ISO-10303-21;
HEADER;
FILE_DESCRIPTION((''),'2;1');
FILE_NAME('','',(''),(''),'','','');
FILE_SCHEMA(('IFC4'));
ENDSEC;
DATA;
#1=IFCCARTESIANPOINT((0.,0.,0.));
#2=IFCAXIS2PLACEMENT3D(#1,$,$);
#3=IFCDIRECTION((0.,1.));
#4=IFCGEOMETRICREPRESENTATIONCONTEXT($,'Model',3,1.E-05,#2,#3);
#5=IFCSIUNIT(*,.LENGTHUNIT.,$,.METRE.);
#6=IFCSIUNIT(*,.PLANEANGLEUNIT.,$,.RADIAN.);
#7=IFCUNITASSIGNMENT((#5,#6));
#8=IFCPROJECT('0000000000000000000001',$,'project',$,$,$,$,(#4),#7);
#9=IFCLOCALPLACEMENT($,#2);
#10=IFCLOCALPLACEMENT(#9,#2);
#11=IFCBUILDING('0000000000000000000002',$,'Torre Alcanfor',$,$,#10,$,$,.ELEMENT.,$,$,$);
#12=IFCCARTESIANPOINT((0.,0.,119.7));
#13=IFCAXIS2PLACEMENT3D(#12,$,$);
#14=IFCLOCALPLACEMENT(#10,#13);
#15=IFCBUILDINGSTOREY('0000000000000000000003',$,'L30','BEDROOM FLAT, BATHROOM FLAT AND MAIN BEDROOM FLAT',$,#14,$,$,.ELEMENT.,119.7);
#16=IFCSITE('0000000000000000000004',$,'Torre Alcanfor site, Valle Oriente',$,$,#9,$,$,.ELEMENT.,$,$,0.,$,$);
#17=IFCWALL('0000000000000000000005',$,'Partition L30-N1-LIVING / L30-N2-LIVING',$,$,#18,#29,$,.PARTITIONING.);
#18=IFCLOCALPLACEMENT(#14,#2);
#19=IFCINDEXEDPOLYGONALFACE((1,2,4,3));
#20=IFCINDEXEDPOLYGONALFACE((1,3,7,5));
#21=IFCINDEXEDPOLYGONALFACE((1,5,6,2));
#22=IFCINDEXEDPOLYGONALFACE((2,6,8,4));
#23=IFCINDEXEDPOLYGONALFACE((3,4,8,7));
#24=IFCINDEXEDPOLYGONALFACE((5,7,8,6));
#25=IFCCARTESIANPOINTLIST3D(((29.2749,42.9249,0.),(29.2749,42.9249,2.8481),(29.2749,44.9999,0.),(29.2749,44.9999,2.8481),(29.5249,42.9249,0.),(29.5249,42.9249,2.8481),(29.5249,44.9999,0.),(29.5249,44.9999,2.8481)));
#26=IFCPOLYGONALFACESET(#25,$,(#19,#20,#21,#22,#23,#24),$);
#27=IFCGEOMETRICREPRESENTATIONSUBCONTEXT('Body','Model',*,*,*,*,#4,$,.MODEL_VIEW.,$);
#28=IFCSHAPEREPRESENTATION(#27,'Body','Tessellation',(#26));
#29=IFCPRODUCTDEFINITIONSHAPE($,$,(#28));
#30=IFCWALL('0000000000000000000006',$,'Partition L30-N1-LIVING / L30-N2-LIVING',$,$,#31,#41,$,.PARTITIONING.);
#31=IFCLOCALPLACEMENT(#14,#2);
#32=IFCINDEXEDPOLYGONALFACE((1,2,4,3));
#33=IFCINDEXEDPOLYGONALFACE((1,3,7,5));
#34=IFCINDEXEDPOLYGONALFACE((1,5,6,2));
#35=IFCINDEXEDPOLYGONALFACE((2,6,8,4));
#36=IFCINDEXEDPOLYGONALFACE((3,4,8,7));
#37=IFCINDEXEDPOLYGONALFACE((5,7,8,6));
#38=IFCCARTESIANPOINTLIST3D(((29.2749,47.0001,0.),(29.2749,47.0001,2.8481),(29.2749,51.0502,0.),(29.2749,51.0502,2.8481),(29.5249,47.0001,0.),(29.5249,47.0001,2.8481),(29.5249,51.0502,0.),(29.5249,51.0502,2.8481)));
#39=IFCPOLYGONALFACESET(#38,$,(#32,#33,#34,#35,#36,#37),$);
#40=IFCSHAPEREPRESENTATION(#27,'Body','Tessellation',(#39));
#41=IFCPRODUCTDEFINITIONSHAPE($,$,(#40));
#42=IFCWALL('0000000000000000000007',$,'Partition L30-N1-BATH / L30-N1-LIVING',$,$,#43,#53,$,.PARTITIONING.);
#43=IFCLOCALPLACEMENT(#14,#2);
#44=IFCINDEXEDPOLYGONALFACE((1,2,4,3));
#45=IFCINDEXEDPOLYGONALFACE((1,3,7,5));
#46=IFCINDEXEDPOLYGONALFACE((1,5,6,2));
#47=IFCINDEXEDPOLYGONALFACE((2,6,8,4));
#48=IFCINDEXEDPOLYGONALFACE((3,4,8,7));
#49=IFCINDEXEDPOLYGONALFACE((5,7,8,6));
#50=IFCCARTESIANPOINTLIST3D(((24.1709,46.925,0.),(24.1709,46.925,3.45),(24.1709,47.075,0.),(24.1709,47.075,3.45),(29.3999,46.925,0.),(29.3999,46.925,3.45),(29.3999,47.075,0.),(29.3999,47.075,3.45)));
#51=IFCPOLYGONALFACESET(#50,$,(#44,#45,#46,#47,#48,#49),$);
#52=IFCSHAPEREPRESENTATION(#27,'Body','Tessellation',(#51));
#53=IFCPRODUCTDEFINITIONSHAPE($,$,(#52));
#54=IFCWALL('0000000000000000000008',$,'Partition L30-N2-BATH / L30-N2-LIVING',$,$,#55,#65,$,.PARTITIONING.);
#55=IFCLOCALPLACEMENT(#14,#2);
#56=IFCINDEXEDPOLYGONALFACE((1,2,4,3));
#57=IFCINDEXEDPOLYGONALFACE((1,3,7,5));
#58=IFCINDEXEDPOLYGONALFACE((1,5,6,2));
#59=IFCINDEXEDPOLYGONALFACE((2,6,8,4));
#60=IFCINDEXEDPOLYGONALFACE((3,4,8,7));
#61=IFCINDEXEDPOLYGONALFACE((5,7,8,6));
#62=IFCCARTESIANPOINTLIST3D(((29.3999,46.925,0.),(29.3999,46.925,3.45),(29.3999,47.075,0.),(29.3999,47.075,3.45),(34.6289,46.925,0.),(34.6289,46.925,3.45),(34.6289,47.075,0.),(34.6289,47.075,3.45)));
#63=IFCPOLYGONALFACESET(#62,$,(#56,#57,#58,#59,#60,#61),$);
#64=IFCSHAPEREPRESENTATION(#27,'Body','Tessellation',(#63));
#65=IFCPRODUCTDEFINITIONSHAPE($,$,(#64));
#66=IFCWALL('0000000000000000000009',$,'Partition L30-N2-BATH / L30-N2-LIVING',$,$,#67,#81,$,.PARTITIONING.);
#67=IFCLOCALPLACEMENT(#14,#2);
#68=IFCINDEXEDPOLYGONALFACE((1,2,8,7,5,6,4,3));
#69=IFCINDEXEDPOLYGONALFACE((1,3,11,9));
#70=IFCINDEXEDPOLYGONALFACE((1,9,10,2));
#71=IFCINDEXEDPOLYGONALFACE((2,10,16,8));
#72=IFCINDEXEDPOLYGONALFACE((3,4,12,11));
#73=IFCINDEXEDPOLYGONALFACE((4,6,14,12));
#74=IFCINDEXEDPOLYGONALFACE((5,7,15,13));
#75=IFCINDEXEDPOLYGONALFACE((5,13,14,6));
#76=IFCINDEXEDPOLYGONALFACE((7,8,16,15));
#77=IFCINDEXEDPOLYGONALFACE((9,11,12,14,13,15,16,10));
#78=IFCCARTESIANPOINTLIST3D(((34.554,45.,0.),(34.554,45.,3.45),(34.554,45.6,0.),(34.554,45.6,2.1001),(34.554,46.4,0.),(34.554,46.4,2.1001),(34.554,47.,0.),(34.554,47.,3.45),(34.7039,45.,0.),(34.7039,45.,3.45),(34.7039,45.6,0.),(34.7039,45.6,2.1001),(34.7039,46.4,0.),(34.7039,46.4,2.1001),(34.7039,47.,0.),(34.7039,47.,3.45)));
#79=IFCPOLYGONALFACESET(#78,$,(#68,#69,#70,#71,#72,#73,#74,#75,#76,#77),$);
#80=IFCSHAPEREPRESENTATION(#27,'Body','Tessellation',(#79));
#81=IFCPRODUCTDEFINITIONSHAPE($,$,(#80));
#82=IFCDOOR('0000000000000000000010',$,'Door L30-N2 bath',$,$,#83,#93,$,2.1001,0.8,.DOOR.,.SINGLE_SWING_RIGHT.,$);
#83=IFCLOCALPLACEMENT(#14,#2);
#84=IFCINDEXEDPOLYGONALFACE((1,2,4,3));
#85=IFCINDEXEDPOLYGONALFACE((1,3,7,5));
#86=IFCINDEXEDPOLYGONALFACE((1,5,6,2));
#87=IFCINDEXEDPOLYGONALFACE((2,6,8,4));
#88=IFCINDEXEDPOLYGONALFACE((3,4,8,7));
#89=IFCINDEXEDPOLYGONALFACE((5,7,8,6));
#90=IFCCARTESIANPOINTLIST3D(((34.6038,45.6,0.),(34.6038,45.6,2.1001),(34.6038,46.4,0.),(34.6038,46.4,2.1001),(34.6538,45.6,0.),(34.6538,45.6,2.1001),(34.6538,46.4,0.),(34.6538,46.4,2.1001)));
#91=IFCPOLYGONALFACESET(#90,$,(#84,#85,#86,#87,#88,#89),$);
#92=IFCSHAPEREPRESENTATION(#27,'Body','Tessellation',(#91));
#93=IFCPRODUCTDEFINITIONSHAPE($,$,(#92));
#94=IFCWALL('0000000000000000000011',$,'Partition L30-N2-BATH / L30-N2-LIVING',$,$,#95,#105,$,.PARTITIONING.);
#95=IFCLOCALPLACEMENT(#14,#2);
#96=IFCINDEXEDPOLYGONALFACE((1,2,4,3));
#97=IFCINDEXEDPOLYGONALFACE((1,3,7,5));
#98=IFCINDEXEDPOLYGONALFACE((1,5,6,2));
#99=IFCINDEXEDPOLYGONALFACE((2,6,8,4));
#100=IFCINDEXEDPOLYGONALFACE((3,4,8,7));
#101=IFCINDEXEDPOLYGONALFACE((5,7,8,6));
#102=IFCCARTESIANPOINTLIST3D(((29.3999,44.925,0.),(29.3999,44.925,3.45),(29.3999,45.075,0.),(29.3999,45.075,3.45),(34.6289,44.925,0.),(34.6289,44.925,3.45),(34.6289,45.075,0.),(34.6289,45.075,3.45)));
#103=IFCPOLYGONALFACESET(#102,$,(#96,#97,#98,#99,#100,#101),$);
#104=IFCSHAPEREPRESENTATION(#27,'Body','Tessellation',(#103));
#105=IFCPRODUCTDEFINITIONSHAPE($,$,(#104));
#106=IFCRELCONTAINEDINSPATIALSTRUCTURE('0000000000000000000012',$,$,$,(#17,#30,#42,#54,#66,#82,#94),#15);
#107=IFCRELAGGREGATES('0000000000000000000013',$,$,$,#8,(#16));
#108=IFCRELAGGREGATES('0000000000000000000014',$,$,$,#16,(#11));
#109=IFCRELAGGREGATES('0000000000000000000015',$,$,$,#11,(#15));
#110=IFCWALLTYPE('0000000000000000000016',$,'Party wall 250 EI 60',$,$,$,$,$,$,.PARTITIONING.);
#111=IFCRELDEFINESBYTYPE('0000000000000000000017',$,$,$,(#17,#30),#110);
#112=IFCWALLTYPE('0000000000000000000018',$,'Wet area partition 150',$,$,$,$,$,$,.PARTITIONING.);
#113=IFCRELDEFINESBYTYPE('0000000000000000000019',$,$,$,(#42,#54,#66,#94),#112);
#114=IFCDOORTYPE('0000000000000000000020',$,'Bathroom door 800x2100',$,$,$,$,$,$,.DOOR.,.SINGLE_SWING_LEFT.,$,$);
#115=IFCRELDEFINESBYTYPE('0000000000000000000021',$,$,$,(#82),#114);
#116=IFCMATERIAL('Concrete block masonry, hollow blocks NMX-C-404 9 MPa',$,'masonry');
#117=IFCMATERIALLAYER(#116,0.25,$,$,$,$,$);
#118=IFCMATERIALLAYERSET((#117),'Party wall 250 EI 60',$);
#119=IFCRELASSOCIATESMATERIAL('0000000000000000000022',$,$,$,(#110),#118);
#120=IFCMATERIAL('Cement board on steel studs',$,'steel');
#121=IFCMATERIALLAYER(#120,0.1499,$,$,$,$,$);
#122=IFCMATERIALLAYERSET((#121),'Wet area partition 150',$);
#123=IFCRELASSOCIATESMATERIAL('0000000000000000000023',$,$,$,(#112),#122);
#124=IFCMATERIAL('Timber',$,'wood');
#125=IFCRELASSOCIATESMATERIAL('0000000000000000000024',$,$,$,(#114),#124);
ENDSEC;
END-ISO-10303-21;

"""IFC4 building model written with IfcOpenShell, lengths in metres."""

from ifc_helpers import new_model, si_unit, direction, frame, frame_2d, origin, place, context, subcontext, project, spatial, rectangle, extrude, material, layer, layer_set, type_object, element, fill, save


model = new_model("IFC4")

# Units and contexts
model_context = context("Model", 3, precision=1e-05, world=origin(), true_north=direction((0.0, 1.0)))
body_context = subcontext(model_context, "Body", "Model", "MODEL_VIEW")
ifc_project = project(units=[si_unit("LENGTHUNIT", "METRE"), si_unit("PLANEANGLEUNIT", "RADIAN")], contexts=[model_context])

# Site, building, storey
site_placement = place(None, origin())
site = spatial("IfcSite", under=ifc_project, at=site_placement, Name="Torre Alcanfor site, Valle Oriente", CompositionType="ELEMENT", RefElevation=0.0)
building_placement = place(site_placement, origin())
building = spatial("IfcBuilding", under=site, at=building_placement, Name="Torre Alcanfor", CompositionType="ELEMENT")
storey_placement = place(building_placement, frame((0.0, 0.0, 119.7)))
storey = spatial("IfcBuildingStorey", under=building, at=storey_placement, Name="L30", Description="BEDROOM FLAT, BATHROOM FLAT AND MAIN BEDROOM FLAT", CompositionType="ELEMENT", Elevation=119.7)

# Walls
ifc_material_1 = material(Name="Concrete block masonry, hollow blocks NMX-C-404 9 MPa", Category="masonry")
ifc_layer_1 = layer(ifc_material_1, 0.25)
ifc_layer_set_1 = layer_set([ifc_layer_1], Name="Party wall 250 EI 60")
wall_type_1 = type_object("IfcWallType", Name="Party wall 250 EI 60", PredefinedType="PARTITIONING", material=ifc_layer_set_1)
wall_1_placement = place(storey_placement, frame((29.3999, 45.0, 0.0), z_axis=(0.0, 0.0, 1.0), x_axis=(0.0, -1.0, 0.0)))
element("IfcWall", 1, at=wall_1_placement, inside=storey, type_object=wall_type_1, Name="Partition L30-N1-LIVING / L30-N2-LIVING", PredefinedType="PARTITIONING", context=body_context, shape_type="SweptSolid", body=[
    extrude(rectangle(XDim=2.075, YDim=0.25, at=frame_2d((1.0376, 0.0))), origin(), (0.0, 0.0, 1.0), 2.8481),
])
wall_2_placement = place(storey_placement, frame((29.3999, 51.05, 0.0), z_axis=(0.0, 0.0, 1.0), x_axis=(0.0, -1.0, 0.0)))
element("IfcWall", 2, at=wall_2_placement, inside=storey, type_object=wall_type_1, Name="Partition L30-N1-LIVING / L30-N2-LIVING", PredefinedType="PARTITIONING", context=body_context, shape_type="SweptSolid", body=[
    extrude(rectangle(XDim=4.05, YDim=0.25, at=frame_2d((2.0249, 0.0))), origin(), (0.0, 0.0, 1.0), 2.8481),
])
ifc_material_2 = material(Name="Cement board on steel studs", Category="steel")
ifc_layer_2 = layer(ifc_material_2, 0.1499)
ifc_layer_set_2 = layer_set([ifc_layer_2], Name="Wet area partition 150")
wall_type_2 = type_object("IfcWallType", Name="Wet area partition 150", PredefinedType="PARTITIONING", material=ifc_layer_set_2)
for number, where, z_axis, x_axis, name in (
    (3, (29.3999, 47.0, 0.0), (0.0, 0.0, 1.0), (-1.0, 0.0, 0.0), "Partition L30-N1-BATH / L30-N1-LIVING"),
    (4, (29.3999, 47.0, 0.0), (0.0, 0.0, 1.0), (1.0, 0.0, 0.0), "Partition L30-N2-BATH / L30-N2-LIVING"),
):
    element("IfcWall", number, at=place(storey_placement, frame(where, z_axis=z_axis, x_axis=x_axis)), inside=storey, type_object=wall_type_2, Name=name, PredefinedType="PARTITIONING", context=body_context, shape_type="SweptSolid", body=[
        extrude(rectangle(XDim=5.229, YDim=0.1499, at=frame_2d((2.6145, 0.0))), origin(), (0.0, 0.0, 1.0), 3.45),
    ])

# Wall, opening, door
wall_3_placement = place(storey_placement, frame((34.6289, 47.0, 0.0), z_axis=(0.0, 0.0, 1.0), x_axis=(0.0, -1.0, 0.0)))
wall_3 = element("IfcWall", 5, at=wall_3_placement, inside=storey, type_object=wall_type_2, Name="Partition L30-N2-BATH / L30-N2-LIVING", PredefinedType="PARTITIONING", context=body_context, shape_type="SweptSolid", body=[
    extrude(rectangle(XDim=2.0, YDim=0.1499, at=frame_2d((1.0, 0.0))), origin(), (0.0, 0.0, 1.0), 3.45),
])
opening_1_placement = place(wall_3_placement, frame((0.6001, 0.0, 0.0)))
opening_1 = element("IfcOpeningElement", 6, at=opening_1_placement, cuts=wall_3, PredefinedType="OPENING", context=body_context, shape_type="SweptSolid", body=[
    extrude(rectangle(XDim=0.8, YDim=2.1001, at=frame_2d((0.3999, 1.05))), frame((0.0, 0.085, 0.0), z_axis=(0.0, -1.0, 0.0), x_axis=(1.0, 0.0, 0.0)), (0.0, 0.0, 1.0), 0.1699),
])
ifc_material_3 = material(Name="Timber", Category="wood")
door_type_1 = type_object("IfcDoorType", Name="Bathroom door 800x2100", OperationType="SINGLE_SWING_LEFT", PredefinedType="DOOR", material=ifc_material_3)
door_1_placement = place(opening_1_placement, frame((0.8, 0.0, 0.0), z_axis=(0.0, 0.0, 1.0), x_axis=(-1.0, 0.0, 0.0)))
door_1 = element("IfcDoor", 7, at=door_1_placement, inside=storey, type_object=door_type_1, Name="Door L30-N2 bath", OperationType="SINGLE_SWING_RIGHT", OverallHeight=2.1001, OverallWidth=0.8, PredefinedType="DOOR", context=body_context, shape_type="SweptSolid", body=[
    extrude(rectangle(XDim=0.8, YDim=2.1001, at=frame_2d((0.4001, 1.05))), frame((0.0, 0.0251, 0.0), z_axis=(0.0, -1.0, 0.0), x_axis=(1.0, 0.0, 0.0)), (0.0, 0.0, 1.0), 0.05),
])
fill(opening_1, door_1)

# Wall
wall_4_placement = place(storey_placement, frame((34.6289, 45.0, 0.0), z_axis=(0.0, 0.0, 1.0), x_axis=(-1.0, 0.0, 0.0)))
element("IfcWall", 8, at=wall_4_placement, inside=storey, type_object=wall_type_2, Name="Partition L30-N2-BATH / L30-N2-LIVING", PredefinedType="PARTITIONING", context=body_context, shape_type="SweptSolid", body=[
    extrude(rectangle(XDim=5.229, YDim=0.1499, at=frame_2d((2.6145, 0.0))), origin(), (0.0, 0.0, 1.0), 3.45),
])

save(model, "model.ifc")
